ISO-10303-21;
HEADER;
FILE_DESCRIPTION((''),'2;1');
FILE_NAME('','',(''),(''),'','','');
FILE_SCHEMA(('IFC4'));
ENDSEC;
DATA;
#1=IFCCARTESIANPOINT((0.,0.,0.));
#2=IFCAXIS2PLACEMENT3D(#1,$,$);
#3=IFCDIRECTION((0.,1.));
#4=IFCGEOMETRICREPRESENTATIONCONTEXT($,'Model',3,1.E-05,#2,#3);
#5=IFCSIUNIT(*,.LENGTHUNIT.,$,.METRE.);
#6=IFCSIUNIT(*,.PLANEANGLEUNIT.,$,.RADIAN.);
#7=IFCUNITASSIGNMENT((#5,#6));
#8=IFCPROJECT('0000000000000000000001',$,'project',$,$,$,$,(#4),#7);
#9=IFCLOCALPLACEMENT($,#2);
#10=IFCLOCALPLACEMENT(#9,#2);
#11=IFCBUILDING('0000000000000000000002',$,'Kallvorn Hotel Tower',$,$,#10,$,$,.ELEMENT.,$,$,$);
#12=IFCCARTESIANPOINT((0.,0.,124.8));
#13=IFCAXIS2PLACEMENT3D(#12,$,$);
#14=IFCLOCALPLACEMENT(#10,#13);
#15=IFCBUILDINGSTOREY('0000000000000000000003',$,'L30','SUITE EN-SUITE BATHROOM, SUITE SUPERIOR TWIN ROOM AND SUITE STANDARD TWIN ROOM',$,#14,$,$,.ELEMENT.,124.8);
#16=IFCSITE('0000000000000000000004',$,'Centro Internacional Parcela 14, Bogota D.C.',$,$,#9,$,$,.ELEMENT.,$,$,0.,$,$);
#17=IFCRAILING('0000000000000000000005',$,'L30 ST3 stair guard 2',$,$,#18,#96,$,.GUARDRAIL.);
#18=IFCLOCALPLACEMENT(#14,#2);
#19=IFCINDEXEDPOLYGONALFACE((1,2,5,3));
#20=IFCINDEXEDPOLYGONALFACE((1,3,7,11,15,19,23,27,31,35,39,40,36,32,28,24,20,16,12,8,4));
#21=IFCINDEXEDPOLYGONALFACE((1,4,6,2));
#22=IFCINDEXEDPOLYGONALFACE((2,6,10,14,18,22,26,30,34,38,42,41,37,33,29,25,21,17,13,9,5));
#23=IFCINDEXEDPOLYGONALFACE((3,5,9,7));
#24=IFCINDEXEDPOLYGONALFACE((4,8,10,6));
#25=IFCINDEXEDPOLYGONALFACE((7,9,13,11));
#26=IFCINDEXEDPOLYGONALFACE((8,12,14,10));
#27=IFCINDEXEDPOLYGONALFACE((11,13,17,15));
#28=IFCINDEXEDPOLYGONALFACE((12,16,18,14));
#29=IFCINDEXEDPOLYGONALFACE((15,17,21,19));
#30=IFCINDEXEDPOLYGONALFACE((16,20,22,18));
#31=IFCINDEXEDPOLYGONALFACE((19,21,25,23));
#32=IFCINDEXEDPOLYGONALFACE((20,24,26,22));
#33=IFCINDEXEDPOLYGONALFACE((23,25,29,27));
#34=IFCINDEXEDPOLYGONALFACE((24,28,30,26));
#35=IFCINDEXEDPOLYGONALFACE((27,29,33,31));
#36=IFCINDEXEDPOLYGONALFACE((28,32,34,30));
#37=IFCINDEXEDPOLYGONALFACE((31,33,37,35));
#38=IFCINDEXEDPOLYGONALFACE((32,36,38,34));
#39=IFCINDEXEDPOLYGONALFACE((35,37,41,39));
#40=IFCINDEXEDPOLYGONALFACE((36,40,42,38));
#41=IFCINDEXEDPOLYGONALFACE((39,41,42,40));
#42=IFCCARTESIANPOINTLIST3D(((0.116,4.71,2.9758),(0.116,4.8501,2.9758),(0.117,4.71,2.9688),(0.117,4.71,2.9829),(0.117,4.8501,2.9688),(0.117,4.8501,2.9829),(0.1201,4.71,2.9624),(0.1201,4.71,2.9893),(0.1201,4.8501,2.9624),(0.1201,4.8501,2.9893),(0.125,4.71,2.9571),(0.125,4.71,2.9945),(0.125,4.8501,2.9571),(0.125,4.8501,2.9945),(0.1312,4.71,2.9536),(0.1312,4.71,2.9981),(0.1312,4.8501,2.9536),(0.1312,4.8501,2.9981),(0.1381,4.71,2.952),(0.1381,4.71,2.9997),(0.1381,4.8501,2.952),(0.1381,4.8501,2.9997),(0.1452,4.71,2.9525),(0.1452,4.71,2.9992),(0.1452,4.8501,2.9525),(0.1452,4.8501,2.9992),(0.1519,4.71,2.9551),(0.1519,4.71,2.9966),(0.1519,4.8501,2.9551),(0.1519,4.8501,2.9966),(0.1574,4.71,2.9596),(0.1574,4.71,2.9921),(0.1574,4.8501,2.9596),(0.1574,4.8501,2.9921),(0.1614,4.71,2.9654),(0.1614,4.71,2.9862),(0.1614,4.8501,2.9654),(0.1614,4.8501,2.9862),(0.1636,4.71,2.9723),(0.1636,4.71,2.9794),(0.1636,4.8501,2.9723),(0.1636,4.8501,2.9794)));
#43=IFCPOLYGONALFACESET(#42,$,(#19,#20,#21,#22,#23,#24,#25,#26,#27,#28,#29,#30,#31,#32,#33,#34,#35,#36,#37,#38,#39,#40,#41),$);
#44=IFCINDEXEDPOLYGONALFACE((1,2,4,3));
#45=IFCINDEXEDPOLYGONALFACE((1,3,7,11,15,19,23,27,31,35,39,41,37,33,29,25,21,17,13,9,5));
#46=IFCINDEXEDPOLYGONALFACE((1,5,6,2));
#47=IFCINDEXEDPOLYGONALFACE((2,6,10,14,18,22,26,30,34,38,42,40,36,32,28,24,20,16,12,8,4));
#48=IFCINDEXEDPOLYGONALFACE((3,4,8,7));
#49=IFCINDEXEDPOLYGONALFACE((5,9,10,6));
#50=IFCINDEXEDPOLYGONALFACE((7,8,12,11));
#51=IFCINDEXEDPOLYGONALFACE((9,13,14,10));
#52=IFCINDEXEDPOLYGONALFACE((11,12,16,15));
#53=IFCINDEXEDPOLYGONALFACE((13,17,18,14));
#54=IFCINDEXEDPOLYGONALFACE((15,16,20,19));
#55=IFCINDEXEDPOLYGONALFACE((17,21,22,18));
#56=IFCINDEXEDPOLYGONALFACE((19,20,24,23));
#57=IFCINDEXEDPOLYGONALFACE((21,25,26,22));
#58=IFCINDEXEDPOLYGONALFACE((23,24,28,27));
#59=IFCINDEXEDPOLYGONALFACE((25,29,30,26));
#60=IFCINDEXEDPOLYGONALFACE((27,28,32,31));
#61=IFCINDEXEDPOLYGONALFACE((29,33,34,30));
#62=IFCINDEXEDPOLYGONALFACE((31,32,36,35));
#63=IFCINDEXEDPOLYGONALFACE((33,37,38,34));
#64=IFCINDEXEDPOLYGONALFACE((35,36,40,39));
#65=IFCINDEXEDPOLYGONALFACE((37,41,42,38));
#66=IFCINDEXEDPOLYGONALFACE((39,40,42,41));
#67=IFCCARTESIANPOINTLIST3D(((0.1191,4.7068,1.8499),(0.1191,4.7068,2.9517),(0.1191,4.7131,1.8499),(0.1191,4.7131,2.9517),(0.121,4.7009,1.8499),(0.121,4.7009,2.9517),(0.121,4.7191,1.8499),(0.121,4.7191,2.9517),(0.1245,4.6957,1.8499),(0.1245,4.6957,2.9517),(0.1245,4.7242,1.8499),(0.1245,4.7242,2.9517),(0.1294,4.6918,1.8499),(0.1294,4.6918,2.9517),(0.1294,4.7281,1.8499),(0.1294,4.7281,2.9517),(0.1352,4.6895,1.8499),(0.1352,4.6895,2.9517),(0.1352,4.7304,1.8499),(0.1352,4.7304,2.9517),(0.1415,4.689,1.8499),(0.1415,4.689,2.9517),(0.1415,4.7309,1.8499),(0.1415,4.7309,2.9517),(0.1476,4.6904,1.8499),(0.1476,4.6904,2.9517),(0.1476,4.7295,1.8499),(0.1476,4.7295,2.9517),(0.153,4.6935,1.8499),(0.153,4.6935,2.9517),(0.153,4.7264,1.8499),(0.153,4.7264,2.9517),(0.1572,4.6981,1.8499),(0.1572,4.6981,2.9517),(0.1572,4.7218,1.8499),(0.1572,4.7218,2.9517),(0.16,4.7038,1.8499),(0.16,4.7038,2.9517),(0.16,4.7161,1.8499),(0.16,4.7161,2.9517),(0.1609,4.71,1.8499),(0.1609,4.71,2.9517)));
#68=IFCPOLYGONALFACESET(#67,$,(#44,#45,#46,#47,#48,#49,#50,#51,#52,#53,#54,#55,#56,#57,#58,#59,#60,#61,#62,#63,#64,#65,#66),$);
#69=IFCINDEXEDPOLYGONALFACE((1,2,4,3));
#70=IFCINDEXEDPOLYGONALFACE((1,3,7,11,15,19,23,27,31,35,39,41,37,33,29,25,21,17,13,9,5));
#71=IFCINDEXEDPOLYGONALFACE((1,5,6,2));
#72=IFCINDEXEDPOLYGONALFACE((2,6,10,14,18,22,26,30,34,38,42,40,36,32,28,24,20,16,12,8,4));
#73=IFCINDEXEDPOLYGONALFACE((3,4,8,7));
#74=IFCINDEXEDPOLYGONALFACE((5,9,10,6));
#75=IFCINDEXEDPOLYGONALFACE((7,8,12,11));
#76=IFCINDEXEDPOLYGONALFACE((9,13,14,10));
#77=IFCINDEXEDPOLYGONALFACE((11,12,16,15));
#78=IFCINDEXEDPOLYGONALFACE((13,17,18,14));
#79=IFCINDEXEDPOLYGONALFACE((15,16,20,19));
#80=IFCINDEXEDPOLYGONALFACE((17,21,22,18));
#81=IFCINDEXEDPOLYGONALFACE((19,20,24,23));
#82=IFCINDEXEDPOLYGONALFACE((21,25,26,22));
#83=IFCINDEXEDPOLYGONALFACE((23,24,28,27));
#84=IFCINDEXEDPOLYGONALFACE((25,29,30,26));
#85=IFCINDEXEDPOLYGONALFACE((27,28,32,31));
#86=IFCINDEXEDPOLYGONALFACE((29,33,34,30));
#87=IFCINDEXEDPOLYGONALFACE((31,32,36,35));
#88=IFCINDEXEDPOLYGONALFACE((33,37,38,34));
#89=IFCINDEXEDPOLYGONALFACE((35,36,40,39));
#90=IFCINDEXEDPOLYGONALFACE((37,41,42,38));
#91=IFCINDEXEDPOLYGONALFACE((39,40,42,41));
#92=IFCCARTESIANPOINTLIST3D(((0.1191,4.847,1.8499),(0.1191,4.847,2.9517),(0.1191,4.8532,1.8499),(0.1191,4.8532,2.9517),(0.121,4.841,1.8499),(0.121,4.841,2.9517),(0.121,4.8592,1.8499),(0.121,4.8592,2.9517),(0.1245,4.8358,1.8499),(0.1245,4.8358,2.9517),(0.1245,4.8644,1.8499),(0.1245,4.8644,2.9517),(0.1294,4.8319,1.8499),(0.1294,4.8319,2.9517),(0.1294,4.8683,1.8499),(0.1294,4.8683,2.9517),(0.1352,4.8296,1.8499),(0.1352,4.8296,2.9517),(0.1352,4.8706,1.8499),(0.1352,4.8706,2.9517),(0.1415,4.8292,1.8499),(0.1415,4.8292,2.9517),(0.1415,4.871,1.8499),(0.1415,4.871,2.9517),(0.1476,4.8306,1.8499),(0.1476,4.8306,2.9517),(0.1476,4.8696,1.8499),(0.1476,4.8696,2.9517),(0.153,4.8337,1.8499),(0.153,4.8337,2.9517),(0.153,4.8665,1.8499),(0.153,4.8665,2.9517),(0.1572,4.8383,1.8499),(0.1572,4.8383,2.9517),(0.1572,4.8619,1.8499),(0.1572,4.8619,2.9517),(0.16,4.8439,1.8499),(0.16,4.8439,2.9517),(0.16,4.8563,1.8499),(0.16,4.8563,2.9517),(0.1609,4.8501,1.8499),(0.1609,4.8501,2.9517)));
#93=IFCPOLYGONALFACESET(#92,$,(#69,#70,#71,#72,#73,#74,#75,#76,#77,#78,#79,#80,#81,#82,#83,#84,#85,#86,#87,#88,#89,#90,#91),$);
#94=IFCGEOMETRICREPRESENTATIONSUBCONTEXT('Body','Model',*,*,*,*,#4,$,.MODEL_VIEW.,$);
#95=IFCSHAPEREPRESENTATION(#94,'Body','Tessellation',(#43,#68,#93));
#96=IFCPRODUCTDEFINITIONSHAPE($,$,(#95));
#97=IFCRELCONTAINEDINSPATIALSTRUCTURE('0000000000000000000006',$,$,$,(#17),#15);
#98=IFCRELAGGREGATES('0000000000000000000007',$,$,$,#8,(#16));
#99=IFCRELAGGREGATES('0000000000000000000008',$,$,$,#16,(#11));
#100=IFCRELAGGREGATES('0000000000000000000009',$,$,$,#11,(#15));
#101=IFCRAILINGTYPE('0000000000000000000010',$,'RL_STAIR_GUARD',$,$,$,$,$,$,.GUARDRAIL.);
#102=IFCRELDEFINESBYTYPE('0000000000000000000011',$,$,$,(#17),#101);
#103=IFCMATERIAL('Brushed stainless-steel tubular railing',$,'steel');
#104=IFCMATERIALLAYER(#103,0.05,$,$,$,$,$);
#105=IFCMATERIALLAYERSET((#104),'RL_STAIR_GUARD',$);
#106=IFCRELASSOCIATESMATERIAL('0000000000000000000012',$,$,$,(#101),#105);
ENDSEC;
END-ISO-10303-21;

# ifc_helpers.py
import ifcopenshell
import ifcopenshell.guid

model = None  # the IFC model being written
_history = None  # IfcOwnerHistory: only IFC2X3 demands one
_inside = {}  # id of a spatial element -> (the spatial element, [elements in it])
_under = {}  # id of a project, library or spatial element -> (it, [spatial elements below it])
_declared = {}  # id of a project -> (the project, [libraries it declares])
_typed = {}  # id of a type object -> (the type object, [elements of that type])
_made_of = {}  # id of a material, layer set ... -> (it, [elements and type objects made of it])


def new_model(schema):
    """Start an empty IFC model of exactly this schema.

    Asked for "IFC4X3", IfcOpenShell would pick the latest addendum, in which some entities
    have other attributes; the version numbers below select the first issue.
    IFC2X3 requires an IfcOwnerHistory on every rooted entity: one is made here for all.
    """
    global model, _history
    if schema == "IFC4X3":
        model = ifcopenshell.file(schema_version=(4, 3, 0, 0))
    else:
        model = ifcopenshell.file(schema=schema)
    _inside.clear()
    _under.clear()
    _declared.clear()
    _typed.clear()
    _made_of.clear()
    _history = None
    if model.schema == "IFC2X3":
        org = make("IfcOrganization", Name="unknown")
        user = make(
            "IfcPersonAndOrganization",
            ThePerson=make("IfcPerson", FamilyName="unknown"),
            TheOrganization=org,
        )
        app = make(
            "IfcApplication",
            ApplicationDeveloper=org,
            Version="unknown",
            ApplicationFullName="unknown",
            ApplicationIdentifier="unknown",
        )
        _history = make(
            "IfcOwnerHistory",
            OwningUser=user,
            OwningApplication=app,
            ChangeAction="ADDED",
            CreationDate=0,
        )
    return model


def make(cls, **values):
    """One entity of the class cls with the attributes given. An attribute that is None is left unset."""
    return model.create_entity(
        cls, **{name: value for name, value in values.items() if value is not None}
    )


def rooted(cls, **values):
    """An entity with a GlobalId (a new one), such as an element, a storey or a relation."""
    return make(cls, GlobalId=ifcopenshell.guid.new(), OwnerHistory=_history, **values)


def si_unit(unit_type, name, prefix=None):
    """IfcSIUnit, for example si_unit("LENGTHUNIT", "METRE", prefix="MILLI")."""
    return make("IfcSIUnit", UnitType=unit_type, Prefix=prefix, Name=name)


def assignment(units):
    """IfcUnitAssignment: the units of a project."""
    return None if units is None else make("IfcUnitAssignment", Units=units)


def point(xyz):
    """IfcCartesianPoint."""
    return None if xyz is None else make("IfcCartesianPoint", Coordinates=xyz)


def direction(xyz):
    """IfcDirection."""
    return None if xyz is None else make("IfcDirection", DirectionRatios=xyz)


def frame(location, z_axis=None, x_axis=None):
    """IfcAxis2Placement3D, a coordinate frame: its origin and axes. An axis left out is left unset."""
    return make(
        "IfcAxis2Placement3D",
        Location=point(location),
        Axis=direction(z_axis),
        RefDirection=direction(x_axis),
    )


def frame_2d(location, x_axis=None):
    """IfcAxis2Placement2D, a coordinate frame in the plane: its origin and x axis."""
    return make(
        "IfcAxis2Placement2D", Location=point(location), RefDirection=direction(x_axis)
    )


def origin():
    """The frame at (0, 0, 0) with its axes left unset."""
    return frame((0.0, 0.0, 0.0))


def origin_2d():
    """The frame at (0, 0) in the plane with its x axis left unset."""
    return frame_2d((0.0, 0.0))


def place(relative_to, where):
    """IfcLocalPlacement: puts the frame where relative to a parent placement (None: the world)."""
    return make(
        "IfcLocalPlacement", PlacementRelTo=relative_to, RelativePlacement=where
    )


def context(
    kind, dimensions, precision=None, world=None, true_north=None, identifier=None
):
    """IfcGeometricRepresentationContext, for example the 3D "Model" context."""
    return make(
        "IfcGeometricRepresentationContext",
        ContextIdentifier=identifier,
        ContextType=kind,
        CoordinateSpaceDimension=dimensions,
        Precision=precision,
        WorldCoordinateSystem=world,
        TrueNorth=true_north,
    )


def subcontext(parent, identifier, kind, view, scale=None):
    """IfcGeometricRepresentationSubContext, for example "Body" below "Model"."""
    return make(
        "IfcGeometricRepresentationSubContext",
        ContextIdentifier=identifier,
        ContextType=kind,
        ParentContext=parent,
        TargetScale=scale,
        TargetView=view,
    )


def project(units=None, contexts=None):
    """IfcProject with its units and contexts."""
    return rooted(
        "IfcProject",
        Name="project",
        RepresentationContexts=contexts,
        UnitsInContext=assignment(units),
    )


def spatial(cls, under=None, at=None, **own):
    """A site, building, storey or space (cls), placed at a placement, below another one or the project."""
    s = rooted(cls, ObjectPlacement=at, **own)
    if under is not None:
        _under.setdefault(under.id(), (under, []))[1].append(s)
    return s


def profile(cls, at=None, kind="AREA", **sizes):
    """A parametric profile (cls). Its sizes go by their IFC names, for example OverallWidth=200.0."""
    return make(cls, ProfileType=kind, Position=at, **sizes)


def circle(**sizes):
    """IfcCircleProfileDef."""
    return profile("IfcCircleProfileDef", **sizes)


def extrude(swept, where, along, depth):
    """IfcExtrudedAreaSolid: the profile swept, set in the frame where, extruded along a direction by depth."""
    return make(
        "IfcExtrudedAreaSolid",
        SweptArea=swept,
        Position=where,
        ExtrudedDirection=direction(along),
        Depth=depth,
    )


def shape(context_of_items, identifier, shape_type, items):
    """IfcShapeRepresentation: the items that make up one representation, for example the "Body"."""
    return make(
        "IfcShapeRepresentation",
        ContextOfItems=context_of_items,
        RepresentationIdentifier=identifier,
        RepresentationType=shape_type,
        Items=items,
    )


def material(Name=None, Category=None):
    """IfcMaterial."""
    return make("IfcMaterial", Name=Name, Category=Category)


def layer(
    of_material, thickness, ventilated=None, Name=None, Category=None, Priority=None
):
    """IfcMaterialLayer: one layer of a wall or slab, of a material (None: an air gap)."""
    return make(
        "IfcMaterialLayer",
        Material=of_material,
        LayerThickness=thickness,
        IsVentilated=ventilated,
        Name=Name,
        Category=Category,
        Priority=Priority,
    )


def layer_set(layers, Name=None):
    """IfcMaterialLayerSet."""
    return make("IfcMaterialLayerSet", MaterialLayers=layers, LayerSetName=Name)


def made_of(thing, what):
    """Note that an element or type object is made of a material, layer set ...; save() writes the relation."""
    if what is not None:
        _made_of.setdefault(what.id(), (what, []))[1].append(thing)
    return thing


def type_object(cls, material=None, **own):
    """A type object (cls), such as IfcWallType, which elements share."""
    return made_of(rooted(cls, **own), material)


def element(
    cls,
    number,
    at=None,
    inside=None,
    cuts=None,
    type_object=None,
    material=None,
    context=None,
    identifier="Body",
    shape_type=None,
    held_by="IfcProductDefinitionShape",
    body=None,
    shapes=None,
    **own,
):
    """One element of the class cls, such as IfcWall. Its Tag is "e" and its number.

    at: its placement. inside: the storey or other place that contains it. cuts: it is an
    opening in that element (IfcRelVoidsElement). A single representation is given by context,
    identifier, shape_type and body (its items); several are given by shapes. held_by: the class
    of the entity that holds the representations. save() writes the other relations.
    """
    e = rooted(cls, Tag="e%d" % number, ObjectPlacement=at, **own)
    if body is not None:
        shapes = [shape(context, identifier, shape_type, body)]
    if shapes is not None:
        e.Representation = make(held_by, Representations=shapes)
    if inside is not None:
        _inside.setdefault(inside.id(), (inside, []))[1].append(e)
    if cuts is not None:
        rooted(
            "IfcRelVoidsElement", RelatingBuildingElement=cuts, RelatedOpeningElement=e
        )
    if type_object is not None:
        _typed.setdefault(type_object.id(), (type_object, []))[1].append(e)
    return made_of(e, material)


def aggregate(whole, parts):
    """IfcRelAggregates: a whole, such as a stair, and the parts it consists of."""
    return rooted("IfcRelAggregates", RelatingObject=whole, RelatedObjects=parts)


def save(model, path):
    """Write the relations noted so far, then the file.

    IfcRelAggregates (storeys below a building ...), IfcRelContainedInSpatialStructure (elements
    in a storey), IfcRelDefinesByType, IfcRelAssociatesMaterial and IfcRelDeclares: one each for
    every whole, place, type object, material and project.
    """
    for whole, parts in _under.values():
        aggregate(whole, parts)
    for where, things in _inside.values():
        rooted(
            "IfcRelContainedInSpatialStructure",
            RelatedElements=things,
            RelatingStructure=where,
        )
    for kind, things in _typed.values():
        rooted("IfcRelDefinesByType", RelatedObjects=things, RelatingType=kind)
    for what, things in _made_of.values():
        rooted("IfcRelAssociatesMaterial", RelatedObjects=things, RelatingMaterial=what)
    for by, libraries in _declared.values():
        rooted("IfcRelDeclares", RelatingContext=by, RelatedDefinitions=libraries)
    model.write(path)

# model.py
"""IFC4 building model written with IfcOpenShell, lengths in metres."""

from ifc_helpers import new_model, si_unit, direction, frame, origin, origin_2d, place, context, subcontext, project, spatial, circle, extrude, material, layer, layer_set, type_object, element, save


model = new_model("IFC4")

# Units and contexts
model_context = context("Model", 3, precision=1e-05, world=origin(), true_north=direction((0.0, 1.0)))
body_context = subcontext(model_context, "Body", "Model", "MODEL_VIEW")
ifc_project = project(units=[si_unit("LENGTHUNIT", "METRE"), si_unit("PLANEANGLEUNIT", "RADIAN")], contexts=[model_context])

# Site, building, storey
site_placement = place(None, origin())
site = spatial("IfcSite", under=ifc_project, at=site_placement, Name="Centro Internacional Parcela 14, Bogota D.C.", CompositionType="ELEMENT", RefElevation=0.0)
building_placement = place(site_placement, origin())
building = spatial("IfcBuilding", under=site, at=building_placement, Name="Kallvorn Hotel Tower", CompositionType="ELEMENT")
storey_placement = place(building_placement, frame((0.0, 0.0, 124.8)))
storey = spatial("IfcBuildingStorey", under=building, at=storey_placement, Name="L30", Description="SUITE EN-SUITE BATHROOM, SUITE SUPERIOR TWIN ROOM AND SUITE STANDARD TWIN ROOM", CompositionType="ELEMENT", Elevation=124.8)

# Railing
ifc_material_1 = material(Name="Brushed stainless-steel tubular railing", Category="steel")
ifc_layer_1 = layer(ifc_material_1, 0.05)
ifc_layer_set_1 = layer_set([ifc_layer_1], Name="RL_STAIR_GUARD")
railing_type_1 = type_object("IfcRailingType", Name="RL_STAIR_GUARD", PredefinedType="GUARDRAIL", material=ifc_layer_set_1)
railing_1_placement = place(storey_placement, frame((0.1399, 4.71, 1.8499)))
element("IfcRailing", 1, at=railing_1_placement, inside=storey, type_object=railing_type_1, Name="L30 ST3 stair guard 2", PredefinedType="GUARDRAIL", context=body_context, shape_type="SweptSolid", body=[
    extrude(circle(Radius=0.0239, at=origin_2d()), frame((0.0, 0.0, 1.126), z_axis=(0.0, 1.0, 0.0), x_axis=(-1.0, 0.0, 0.0)), (0.0, 0.0, 1.0), 0.1401),
    extrude(circle(Radius=0.021, at=origin_2d()), origin(), (0.0, 0.0, 1.0), 1.1018),
    extrude(circle(Radius=0.021, at=origin_2d()), frame((0.0, 0.1401, 0.0)), (0.0, 0.0, 1.0), 1.1018),
])

save(model, "model.ifc")
